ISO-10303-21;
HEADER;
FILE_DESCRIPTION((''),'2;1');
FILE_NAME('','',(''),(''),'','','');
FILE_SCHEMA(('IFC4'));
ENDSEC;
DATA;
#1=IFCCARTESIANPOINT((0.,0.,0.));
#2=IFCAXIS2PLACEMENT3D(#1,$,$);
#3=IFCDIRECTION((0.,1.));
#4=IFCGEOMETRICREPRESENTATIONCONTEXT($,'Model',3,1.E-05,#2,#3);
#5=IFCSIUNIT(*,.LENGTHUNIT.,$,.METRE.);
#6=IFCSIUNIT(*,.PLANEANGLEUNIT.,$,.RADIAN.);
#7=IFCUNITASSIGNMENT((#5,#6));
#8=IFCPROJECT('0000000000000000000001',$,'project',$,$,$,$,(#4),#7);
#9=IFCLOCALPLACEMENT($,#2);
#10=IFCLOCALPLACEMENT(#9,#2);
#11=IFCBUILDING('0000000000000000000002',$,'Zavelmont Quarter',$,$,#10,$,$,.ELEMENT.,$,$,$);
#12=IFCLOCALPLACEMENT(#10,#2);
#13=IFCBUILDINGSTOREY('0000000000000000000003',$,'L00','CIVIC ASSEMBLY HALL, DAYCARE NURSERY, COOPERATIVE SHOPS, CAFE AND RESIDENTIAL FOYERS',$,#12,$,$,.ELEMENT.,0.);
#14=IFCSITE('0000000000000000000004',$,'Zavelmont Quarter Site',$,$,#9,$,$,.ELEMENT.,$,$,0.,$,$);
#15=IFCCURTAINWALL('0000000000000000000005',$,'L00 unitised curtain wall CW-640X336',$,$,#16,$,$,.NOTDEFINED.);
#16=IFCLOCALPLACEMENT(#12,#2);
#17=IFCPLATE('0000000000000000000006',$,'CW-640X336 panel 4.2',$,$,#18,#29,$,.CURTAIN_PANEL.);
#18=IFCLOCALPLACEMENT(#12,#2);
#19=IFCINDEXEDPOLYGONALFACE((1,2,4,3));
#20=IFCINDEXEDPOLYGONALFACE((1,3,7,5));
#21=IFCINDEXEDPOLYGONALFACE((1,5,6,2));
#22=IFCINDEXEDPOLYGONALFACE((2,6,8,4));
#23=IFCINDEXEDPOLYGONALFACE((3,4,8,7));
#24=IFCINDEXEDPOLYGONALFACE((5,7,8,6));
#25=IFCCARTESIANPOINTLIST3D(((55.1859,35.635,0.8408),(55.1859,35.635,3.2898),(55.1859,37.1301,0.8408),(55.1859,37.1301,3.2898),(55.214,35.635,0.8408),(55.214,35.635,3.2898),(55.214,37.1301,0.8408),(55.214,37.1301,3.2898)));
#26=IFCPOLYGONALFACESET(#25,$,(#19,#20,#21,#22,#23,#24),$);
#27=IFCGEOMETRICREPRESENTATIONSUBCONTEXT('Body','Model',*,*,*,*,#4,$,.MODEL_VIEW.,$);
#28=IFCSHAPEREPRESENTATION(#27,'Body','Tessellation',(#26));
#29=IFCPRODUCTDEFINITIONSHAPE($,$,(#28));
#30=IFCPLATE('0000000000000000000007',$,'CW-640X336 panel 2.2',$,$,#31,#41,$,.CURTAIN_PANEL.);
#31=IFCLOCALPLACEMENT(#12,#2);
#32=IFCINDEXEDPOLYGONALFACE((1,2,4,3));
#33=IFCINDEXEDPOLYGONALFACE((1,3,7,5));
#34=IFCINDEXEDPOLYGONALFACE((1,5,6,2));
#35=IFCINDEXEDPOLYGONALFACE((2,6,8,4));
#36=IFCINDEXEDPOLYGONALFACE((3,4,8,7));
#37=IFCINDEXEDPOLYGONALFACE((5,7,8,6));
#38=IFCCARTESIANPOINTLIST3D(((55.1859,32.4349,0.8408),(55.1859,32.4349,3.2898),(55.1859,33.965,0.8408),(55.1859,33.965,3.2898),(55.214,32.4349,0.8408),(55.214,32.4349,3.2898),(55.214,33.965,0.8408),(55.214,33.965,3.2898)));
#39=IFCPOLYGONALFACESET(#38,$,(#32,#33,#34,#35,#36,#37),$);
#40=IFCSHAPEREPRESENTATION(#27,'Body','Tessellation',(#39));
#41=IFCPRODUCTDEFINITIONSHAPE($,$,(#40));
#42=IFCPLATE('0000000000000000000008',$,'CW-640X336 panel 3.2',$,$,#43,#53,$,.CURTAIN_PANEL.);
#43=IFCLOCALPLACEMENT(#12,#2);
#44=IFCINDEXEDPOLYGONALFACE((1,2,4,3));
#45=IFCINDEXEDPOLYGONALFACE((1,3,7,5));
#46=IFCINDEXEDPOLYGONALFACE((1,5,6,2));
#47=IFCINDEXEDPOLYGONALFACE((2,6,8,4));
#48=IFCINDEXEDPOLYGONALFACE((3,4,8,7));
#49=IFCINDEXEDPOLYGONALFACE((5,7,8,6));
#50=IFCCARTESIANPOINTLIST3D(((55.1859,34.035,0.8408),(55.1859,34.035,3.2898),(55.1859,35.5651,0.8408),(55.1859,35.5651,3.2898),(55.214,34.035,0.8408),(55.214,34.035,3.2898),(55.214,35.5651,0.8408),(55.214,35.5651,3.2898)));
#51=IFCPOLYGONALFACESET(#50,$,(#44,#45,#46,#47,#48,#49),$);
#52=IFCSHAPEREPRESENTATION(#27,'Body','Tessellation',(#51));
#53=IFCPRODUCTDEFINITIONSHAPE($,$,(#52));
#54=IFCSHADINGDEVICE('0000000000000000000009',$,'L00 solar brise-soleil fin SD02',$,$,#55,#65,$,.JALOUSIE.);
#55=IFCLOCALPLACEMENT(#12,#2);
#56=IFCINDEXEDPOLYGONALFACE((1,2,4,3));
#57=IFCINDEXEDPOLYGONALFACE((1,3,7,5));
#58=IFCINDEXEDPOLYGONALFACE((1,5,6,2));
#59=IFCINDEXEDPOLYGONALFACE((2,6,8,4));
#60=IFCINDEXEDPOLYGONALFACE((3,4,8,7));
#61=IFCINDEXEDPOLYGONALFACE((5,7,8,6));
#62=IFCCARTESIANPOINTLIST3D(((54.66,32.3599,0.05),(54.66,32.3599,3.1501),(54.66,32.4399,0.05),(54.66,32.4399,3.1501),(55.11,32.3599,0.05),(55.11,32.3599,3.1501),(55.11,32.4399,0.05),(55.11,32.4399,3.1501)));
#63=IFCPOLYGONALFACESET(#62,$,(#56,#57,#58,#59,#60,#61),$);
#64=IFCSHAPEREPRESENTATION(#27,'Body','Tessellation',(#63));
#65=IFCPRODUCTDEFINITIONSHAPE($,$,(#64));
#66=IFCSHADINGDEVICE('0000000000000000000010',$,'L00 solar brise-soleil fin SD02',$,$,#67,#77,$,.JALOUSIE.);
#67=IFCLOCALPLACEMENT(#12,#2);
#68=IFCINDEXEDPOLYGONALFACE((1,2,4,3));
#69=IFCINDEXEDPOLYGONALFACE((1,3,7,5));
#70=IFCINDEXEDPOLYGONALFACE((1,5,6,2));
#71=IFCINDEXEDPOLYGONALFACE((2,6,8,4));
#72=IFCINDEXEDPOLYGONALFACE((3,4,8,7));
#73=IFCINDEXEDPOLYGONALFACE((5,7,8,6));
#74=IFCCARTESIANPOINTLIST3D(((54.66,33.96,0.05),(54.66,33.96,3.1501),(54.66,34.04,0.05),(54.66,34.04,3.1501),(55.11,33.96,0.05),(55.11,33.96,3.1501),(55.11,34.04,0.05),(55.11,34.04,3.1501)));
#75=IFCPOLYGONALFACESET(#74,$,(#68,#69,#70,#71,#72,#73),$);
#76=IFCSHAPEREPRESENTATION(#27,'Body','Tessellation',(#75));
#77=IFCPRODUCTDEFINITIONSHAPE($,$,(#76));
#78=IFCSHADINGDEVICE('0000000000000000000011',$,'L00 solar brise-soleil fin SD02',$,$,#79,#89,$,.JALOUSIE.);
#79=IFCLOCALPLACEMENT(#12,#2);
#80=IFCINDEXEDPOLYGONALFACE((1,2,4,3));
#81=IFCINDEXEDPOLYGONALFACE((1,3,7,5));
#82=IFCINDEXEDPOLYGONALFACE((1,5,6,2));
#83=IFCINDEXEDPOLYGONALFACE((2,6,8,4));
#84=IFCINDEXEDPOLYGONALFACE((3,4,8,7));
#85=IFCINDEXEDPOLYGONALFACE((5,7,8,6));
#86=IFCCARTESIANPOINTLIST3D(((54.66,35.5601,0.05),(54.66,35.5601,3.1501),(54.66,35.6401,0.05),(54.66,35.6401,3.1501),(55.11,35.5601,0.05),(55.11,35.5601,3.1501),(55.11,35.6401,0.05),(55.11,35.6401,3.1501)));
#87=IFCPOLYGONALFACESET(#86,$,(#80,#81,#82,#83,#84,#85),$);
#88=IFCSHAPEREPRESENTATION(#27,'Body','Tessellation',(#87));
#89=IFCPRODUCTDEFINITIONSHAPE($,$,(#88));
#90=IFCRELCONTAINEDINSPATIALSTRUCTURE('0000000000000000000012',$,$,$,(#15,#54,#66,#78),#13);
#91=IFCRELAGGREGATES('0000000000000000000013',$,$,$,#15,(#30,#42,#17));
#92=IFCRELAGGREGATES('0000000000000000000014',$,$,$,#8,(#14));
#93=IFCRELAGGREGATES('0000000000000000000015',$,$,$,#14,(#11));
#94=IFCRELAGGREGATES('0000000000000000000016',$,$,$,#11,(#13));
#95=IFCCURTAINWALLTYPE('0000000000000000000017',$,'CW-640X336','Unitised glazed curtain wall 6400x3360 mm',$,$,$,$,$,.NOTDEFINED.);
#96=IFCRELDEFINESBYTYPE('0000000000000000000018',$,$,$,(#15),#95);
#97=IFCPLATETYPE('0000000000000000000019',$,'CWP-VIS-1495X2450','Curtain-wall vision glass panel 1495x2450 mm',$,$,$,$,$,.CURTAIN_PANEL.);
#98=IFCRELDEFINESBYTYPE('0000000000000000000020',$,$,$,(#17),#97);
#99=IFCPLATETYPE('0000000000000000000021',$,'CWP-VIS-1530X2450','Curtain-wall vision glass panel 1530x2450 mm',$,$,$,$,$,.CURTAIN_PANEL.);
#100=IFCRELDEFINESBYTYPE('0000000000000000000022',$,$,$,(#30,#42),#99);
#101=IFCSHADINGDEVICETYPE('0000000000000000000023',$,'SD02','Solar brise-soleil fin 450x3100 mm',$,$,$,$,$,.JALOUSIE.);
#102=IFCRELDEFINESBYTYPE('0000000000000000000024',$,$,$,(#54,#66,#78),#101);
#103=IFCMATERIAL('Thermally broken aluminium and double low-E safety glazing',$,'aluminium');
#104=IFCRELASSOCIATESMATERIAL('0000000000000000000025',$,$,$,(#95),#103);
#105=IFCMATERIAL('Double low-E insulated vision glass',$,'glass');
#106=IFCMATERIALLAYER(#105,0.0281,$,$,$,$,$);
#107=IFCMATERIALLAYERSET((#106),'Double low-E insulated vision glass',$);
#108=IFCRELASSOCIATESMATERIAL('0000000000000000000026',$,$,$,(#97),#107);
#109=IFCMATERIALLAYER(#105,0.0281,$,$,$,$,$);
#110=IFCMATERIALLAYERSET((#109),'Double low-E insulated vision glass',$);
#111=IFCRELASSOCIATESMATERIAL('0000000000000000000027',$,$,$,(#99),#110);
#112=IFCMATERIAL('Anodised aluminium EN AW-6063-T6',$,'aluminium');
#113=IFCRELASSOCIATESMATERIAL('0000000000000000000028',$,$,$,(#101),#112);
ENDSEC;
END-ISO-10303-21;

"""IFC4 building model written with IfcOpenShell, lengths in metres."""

from ifc_helpers import new_model, si_unit, direction, frame, origin, origin_2d, place, context, subcontext, project, spatial, rectangle, extrude, material, layer, layer_set, type_object, element, aggregate, save


model = new_model("IFC4")

# Units and contexts
model_context = context("Model", 3, precision=1e-05, world=origin(), true_north=direction((0.0, 1.0)))
body_context = subcontext(model_context, "Body", "Model", "MODEL_VIEW")
ifc_project = project(units=[si_unit("LENGTHUNIT", "METRE"), si_unit("PLANEANGLEUNIT", "RADIAN")], contexts=[model_context])

# Site, building, storey
site_placement = place(None, origin())
site = spatial("IfcSite", under=ifc_project, at=site_placement, Name="Zavelmont Quarter Site", CompositionType="ELEMENT", RefElevation=0.0)
building_placement = place(site_placement, origin())
building = spatial("IfcBuilding", under=site, at=building_placement, Name="Zavelmont Quarter", CompositionType="ELEMENT")
storey_placement = place(building_placement, origin())
storey = spatial("IfcBuildingStorey", under=building, at=storey_placement, Name="L00", Description="CIVIC ASSEMBLY HALL, DAYCARE NURSERY, COOPERATIVE SHOPS, CAFE AND RESIDENTIAL FOYERS", CompositionType="ELEMENT", Elevation=0.0)

# Curtain wall, plates
ifc_material_1 = material(Name="Thermally broken aluminium and double low-E safety glazing", Category="aluminium")
curtain_wall_type = type_object("IfcCurtainWallType", Name="CW-640X336", Description="Unitised glazed curtain wall 6400x3360 mm", PredefinedType="NOTDEFINED", material=ifc_material_1)
curtain_wall_placement = place(storey_placement, origin())
curtain_wall = element("IfcCurtainWall", 1, at=curtain_wall_placement, inside=storey, type_object=curtain_wall_type, Name="L00 unitised curtain wall CW-640X336", PredefinedType="NOTDEFINED")
ifc_material_2 = material(Name="Double low-E insulated vision glass", Category="glass")
ifc_layer_1 = layer(ifc_material_2, 0.0281)
ifc_layer_set_1 = layer_set([ifc_layer_1], Name="Double low-E insulated vision glass")
plate_type_1 = type_object("IfcPlateType", Name="CWP-VIS-1495X2450", Description="Curtain-wall vision glass panel 1495x2450 mm", PredefinedType="CURTAIN_PANEL", material=ifc_layer_set_1)
plate_1_placement = place(storey_placement, frame((55.2, 36.3826, 0.8408), z_axis=(0.0, 0.0, 1.0), x_axis=(0.0, 1.0, 0.0)))
plate_1 = element("IfcPlate", 2, at=plate_1_placement, type_object=plate_type_1, Name="CW-640X336 panel 4.2", PredefinedType="CURTAIN_PANEL", context=body_context, shape_type="SweptSolid", body=[
    extrude(rectangle(XDim=1.4951, YDim=0.0281, at=origin_2d()), origin(), (0.0, 0.0, 1.0), 2.449),
])
ifc_layer_2 = layer(ifc_material_2, 0.0281)
ifc_layer_set_2 = layer_set([ifc_layer_2], Name="Double low-E insulated vision glass")
plate_type_2 = type_object("IfcPlateType", Name="CWP-VIS-1530X2450", Description="Curtain-wall vision glass panel 1530x2450 mm", PredefinedType="CURTAIN_PANEL", material=ifc_layer_set_2)
plate_2_placement = place(storey_placement, frame((55.2, 33.2, 0.8408), z_axis=(0.0, 0.0, 1.0), x_axis=(0.0, 1.0, 0.0)))
plate_2 = element("IfcPlate", 3, at=plate_2_placement, type_object=plate_type_2, Name="CW-640X336 panel 2.2", PredefinedType="CURTAIN_PANEL", context=body_context, shape_type="SweptSolid", body=[
    extrude(rectangle(XDim=1.53, YDim=0.0281, at=origin_2d()), origin(), (0.0, 0.0, 1.0), 2.449),
])
plate_3_placement = place(storey_placement, frame((55.2, 34.8, 0.8408), z_axis=(0.0, 0.0, 1.0), x_axis=(0.0, 1.0, 0.0)))
plate_3 = element("IfcPlate", 4, at=plate_3_placement, type_object=plate_type_2, Name="CW-640X336 panel 3.2", PredefinedType="CURTAIN_PANEL", context=body_context, shape_type="SweptSolid", body=[
    extrude(rectangle(XDim=1.53, YDim=0.0281, at=origin_2d()), origin(), (0.0, 0.0, 1.0), 2.449),
])
aggregate(curtain_wall, [plate_2, plate_3, plate_1])

# Shading devices
ifc_material_3 = material(Name="Anodised aluminium EN AW-6063-T6", Category="aluminium")
shading_device_type = type_object("IfcShadingDeviceType", Name="SD02", Description="Solar brise-soleil fin 450x3100 mm", PredefinedType="JALOUSIE", material=ifc_material_3)
for number, where, z_axis, x_axis, name in (
    (5, (54.885, 32.3999, 0.05), (0.0, 0.0, 1.0), (0.0, 1.0, 0.0), "L00 solar brise-soleil fin SD02"),
    (6, (54.885, 34.0, 0.05), (0.0, 0.0, 1.0), (0.0, 1.0, 0.0), "L00 solar brise-soleil fin SD02"),
    (7, (54.885, 35.6001, 0.05), (0.0, 0.0, 1.0), (0.0, 1.0, 0.0), "L00 solar brise-soleil fin SD02"),
):
    element("IfcShadingDevice", number, at=place(storey_placement, frame(where, z_axis=z_axis, x_axis=x_axis)), inside=storey, type_object=shading_device_type, Name=name, PredefinedType="JALOUSIE", context=body_context, shape_type="SweptSolid", body=[
        extrude(rectangle(XDim=0.0801, YDim=0.45, at=origin_2d()), origin(), (0.0, 0.0, 1.0), 3.1001),
    ])

save(model, "model.ifc")
